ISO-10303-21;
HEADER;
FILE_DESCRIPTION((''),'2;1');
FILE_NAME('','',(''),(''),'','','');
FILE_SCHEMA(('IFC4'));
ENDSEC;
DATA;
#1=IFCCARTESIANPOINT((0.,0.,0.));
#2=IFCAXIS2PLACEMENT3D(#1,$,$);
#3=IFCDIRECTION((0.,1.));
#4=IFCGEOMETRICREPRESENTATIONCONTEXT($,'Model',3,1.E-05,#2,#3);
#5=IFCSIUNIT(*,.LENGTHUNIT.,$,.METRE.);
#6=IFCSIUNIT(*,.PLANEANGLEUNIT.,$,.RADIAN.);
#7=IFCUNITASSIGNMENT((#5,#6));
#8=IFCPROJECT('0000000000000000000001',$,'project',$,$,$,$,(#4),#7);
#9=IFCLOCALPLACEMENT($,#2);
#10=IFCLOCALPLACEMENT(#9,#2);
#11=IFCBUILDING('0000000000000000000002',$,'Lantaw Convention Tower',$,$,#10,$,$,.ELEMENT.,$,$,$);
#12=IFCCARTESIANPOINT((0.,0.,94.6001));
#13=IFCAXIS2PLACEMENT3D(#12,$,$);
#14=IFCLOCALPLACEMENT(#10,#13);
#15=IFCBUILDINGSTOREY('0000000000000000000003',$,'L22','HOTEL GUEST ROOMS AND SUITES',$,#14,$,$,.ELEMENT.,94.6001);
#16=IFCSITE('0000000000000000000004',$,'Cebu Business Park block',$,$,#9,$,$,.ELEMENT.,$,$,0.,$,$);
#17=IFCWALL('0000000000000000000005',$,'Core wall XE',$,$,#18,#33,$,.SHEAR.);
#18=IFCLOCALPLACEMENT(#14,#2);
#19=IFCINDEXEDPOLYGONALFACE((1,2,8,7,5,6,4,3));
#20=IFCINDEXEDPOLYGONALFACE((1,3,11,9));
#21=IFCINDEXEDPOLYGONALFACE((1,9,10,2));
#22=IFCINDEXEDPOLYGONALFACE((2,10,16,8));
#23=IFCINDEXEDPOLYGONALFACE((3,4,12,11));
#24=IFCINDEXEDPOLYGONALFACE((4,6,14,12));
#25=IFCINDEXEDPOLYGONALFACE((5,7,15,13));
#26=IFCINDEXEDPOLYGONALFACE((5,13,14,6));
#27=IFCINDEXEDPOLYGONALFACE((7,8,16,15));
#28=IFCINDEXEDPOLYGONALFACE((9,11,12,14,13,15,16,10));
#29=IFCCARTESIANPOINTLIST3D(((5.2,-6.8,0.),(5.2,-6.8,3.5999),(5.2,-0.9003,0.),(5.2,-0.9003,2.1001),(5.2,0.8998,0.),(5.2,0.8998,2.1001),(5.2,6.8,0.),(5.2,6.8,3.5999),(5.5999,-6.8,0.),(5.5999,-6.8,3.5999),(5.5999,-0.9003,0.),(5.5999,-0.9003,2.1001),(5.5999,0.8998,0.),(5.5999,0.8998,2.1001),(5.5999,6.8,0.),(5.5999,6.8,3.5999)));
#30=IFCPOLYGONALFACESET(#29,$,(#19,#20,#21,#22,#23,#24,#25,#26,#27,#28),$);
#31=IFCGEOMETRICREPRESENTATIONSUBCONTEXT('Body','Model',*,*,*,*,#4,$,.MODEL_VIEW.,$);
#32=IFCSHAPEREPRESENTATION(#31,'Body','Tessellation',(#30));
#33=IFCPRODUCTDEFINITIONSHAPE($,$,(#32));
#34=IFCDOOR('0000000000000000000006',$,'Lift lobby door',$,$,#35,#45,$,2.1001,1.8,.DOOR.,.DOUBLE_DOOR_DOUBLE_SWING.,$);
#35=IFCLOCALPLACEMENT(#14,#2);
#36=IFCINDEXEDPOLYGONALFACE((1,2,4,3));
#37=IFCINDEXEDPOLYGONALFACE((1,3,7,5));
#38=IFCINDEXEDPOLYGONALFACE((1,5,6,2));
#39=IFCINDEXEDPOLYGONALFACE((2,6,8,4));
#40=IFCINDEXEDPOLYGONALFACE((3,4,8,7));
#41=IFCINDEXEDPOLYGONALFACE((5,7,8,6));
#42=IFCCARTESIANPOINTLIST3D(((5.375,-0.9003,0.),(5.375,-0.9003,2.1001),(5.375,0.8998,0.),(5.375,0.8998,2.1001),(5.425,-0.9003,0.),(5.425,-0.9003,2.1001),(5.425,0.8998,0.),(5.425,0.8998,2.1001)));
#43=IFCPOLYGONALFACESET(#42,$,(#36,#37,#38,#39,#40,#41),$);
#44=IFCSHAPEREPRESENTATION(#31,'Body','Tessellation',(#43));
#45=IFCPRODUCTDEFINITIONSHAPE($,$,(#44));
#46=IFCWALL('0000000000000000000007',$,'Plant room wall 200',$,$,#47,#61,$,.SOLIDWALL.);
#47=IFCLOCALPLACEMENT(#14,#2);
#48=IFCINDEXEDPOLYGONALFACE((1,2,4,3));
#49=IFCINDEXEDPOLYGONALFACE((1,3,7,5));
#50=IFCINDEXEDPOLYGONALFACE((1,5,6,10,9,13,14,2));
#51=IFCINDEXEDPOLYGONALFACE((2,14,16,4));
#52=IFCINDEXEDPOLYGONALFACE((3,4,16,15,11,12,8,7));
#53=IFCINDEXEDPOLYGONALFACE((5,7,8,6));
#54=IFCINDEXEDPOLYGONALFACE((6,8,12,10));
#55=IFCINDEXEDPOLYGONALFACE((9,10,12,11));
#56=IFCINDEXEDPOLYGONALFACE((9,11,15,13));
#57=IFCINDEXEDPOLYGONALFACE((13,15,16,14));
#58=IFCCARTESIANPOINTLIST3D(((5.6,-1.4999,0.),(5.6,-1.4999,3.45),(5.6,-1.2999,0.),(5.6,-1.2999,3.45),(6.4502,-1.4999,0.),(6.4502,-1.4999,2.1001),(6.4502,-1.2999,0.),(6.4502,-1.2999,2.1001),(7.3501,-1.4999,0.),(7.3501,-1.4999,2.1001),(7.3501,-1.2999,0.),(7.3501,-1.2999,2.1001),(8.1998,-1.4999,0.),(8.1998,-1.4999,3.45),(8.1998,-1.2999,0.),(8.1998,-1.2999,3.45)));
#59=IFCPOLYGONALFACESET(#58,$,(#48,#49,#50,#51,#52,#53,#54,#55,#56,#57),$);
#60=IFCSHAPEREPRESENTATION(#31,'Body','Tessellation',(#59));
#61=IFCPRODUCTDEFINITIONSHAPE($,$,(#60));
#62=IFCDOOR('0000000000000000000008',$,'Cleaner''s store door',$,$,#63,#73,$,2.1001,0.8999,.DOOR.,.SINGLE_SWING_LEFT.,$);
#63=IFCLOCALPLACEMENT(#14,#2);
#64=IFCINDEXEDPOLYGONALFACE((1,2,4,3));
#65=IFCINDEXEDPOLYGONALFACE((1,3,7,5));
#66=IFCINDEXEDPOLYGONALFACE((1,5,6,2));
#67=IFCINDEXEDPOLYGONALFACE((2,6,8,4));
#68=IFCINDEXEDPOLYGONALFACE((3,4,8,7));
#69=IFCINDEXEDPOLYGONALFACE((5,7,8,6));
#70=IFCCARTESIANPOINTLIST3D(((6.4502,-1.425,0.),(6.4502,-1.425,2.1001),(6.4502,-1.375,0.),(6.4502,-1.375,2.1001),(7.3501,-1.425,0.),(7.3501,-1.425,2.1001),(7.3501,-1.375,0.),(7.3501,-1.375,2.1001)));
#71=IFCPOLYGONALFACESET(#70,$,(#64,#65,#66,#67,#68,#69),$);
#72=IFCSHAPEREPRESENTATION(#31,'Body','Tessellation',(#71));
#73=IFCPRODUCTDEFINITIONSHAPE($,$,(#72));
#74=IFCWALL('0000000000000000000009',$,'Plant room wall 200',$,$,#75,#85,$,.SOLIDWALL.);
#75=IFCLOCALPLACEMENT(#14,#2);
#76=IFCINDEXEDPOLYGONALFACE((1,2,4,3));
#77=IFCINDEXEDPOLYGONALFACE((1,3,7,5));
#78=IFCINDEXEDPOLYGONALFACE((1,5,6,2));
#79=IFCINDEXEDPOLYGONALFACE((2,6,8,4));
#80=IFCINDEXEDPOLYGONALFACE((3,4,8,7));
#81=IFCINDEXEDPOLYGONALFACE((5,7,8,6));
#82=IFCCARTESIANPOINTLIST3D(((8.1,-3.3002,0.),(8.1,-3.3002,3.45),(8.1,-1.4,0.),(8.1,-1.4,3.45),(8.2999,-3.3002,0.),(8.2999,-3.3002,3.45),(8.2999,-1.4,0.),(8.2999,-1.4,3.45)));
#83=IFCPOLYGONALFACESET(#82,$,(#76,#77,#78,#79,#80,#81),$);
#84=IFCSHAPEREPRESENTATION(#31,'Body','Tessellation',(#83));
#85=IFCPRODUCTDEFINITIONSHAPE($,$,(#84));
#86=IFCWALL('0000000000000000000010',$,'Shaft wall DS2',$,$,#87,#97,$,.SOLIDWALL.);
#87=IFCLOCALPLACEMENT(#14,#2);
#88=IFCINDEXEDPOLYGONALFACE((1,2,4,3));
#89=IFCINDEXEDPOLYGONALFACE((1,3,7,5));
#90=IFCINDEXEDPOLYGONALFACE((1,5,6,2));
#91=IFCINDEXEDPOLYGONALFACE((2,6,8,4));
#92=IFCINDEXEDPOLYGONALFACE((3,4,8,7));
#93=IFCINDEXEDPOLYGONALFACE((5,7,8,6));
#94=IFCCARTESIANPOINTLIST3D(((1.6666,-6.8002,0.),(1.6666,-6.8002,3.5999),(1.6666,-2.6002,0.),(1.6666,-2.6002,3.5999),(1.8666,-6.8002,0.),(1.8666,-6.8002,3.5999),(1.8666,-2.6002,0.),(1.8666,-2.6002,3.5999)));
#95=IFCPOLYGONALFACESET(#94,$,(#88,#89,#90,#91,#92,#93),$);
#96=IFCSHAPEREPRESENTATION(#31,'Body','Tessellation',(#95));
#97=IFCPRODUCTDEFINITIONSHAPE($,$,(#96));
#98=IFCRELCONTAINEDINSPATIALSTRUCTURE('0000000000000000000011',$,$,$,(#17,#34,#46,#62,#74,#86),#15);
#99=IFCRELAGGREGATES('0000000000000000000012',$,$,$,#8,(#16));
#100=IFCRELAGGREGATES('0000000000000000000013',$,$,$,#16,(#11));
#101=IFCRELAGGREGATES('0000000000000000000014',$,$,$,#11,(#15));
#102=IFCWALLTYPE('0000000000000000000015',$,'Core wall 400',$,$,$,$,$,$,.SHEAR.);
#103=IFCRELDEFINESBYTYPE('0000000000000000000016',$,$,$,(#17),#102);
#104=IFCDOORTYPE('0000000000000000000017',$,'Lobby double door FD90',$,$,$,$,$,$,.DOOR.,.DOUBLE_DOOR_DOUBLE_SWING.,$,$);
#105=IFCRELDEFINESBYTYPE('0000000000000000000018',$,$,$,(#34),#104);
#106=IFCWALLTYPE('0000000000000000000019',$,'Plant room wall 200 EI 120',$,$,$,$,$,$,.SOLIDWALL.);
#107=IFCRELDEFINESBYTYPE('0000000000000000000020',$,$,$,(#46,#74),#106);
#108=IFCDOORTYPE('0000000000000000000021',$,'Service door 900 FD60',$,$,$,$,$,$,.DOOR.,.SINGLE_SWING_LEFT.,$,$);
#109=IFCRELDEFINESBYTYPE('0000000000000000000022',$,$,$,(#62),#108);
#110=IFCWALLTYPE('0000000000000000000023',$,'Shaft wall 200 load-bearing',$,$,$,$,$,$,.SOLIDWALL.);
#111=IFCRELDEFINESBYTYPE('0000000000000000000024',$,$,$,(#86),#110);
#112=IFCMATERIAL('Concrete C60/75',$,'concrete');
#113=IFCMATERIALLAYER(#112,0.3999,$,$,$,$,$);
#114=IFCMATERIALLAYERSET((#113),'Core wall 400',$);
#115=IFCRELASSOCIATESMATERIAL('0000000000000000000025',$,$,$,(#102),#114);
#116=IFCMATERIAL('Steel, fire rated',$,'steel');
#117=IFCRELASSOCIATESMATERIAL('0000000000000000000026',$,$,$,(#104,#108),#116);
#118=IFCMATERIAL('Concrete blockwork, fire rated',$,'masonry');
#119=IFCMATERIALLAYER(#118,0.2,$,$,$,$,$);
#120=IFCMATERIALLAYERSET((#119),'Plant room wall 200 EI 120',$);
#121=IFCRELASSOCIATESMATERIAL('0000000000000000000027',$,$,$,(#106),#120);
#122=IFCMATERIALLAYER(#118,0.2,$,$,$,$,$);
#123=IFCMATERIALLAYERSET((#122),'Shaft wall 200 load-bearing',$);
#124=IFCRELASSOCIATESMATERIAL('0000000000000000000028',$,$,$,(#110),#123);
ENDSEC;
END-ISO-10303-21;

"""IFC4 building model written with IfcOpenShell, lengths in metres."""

from ifc_helpers import new_model, si_unit, direction, frame, frame_2d, origin, place, context, subcontext, project, spatial, rectangle, extrude, material, layer, layer_set, type_object, element, fill, save


model = new_model("IFC4")

# Units and contexts
model_context = context("Model", 3, precision=1e-05, world=origin(), true_north=direction((0.0, 1.0)))
body_context = subcontext(model_context, "Body", "Model", "MODEL_VIEW")
ifc_project = project(units=[si_unit("LENGTHUNIT", "METRE"), si_unit("PLANEANGLEUNIT", "RADIAN")], contexts=[model_context])

# Site, building, storey
site_placement = place(None, origin())
site = spatial("IfcSite", under=ifc_project, at=site_placement, Name="Cebu Business Park block", CompositionType="ELEMENT", RefElevation=0.0)
building_placement = place(site_placement, origin())
building = spatial("IfcBuilding", under=site, at=building_placement, Name="Lantaw Convention Tower", CompositionType="ELEMENT")
storey_placement = place(building_placement, frame((0.0, 0.0, 94.6001)))
storey = spatial("IfcBuildingStorey", under=building, at=storey_placement, Name="L22", Description="HOTEL GUEST ROOMS AND SUITES", CompositionType="ELEMENT", Elevation=94.6001)

# Walls, openings, doors
ifc_material_1 = material(Name="Concrete C60/75", Category="concrete")
ifc_material_2 = material(Name="Steel, fire rated", Category="steel")
ifc_layer_1 = layer(ifc_material_1, 0.3999)
ifc_layer_set_1 = layer_set([ifc_layer_1], Name="Core wall 400")
wall_type_1 = type_object("IfcWallType", Name="Core wall 400", PredefinedType="SHEAR", material=ifc_layer_set_1)
wall_1_placement = place(storey_placement, frame((5.3999, -6.8, 0.0), z_axis=(0.0, 0.0, 1.0), x_axis=(0.0, 1.0, 0.0)))
wall_1 = element("IfcWall", 1, at=wall_1_placement, inside=storey, type_object=wall_type_1, Name="Core wall XE", PredefinedType="SHEAR", context=body_context, shape_type="SweptSolid", body=[
    extrude(rectangle(XDim=13.6001, YDim=0.3999, at=frame_2d((6.8, 0.0))), origin(), (0.0, 0.0, 1.0), 3.5999),
])
opening_1_placement = place(wall_1_placement, frame((5.8999, 0.0, 0.0)))
opening_1 = element("IfcOpeningElement", 2, at=opening_1_placement, cuts=wall_1, PredefinedType="OPENING", context=body_context, shape_type="SweptSolid", body=[
    extrude(rectangle(XDim=1.8, YDim=2.1001, at=frame_2d((0.8999, 1.05))), frame((0.0, 0.21, 0.0), z_axis=(0.0, -1.0, 0.0), x_axis=(1.0, 0.0, 0.0)), (0.0, 0.0, 1.0), 0.4199),
])
door_type_1 = type_object("IfcDoorType", Name="Lobby double door FD90", OperationType="DOUBLE_DOOR_DOUBLE_SWING", PredefinedType="DOOR", material=ifc_material_2)
door_1_placement = place(opening_1_placement, origin())
door_1 = element("IfcDoor", 3, at=door_1_placement, inside=storey, type_object=door_type_1, Name="Lift lobby door", OperationType="DOUBLE_DOOR_DOUBLE_SWING", OverallHeight=2.1001, OverallWidth=1.8, PredefinedType="DOOR", context=body_context, shape_type="SweptSolid", body=[
    extrude(rectangle(XDim=1.8, YDim=2.1001, at=frame_2d((0.8999, 1.05))), frame((0.0, 0.0249, 0.0), z_axis=(0.0, -1.0, 0.0), x_axis=(1.0, 0.0, 0.0)), (0.0, 0.0, 1.0), 0.05),
])
fill(opening_1, door_1)
ifc_material_3 = material(Name="Concrete blockwork, fire rated", Category="masonry")
ifc_layer_2 = layer(ifc_material_3, 0.2)
ifc_layer_set_2 = layer_set([ifc_layer_2], Name="Plant room wall 200 EI 120")
wall_type_2 = type_object("IfcWallType", Name="Plant room wall 200 EI 120", PredefinedType="SOLIDWALL", material=ifc_layer_set_2)
wall_2_placement = place(storey_placement, frame((5.6001, -1.3999, 0.0), z_axis=(0.0, 0.0, 1.0), x_axis=(1.0, 0.0, 0.0)))
wall_2 = element("IfcWall", 4, at=wall_2_placement, inside=storey, type_object=wall_type_2, Name="Plant room wall 200", PredefinedType="SOLIDWALL", context=body_context, shape_type="SweptSolid", body=[
    extrude(rectangle(XDim=2.5999, YDim=0.2, at=frame_2d((1.2998, 0.0))), origin(), (0.0, 0.0, 1.0), 3.45),
])
opening_2_placement = place(wall_2_placement, frame((0.8501, 0.0, 0.0)))
opening_2 = element("IfcOpeningElement", 5, at=opening_2_placement, cuts=wall_2, PredefinedType="OPENING", context=body_context, shape_type="SweptSolid", body=[
    extrude(rectangle(XDim=0.8999, YDim=2.1001, at=frame_2d((0.45, 1.05))), frame((0.0, 0.1099, 0.0), z_axis=(0.0, -1.0, 0.0), x_axis=(1.0, 0.0, 0.0)), (0.0, 0.0, 1.0), 0.22),
])
door_type_2 = type_object("IfcDoorType", Name="Service door 900 FD60", OperationType="SINGLE_SWING_LEFT", PredefinedType="DOOR", material=ifc_material_2)
door_2_placement = place(opening_2_placement, origin())
door_2 = element("IfcDoor", 6, at=door_2_placement, inside=storey, type_object=door_type_2, Name="Cleaner's store door", OperationType="SINGLE_SWING_LEFT", OverallHeight=2.1001, OverallWidth=0.8999, PredefinedType="DOOR", context=body_context, shape_type="SweptSolid", body=[
    extrude(rectangle(XDim=0.8999, YDim=2.1001, at=frame_2d((0.45, 1.05))), frame((0.0, 0.0249, 0.0), z_axis=(0.0, -1.0, 0.0), x_axis=(1.0, 0.0, 0.0)), (0.0, 0.0, 1.0), 0.05),
])
fill(opening_2, door_2)

# Walls
wall_3_placement = place(storey_placement, frame((8.2, -1.3999, 0.0), z_axis=(0.0, 0.0, 1.0), x_axis=(0.0, -1.0, 0.0)))
element("IfcWall", 7, at=wall_3_placement, inside=storey, type_object=wall_type_2, Name="Plant room wall 200", PredefinedType="SOLIDWALL", context=body_context, shape_type="SweptSolid", body=[
    extrude(rectangle(XDim=1.9001, YDim=0.2, at=frame_2d((0.9502, 0.0))), origin(), (0.0, 0.0, 1.0), 3.45),
])
ifc_layer_3 = layer(ifc_material_3, 0.2)
ifc_layer_set_3 = layer_set([ifc_layer_3], Name="Shaft wall 200 load-bearing")
wall_type_3 = type_object("IfcWallType", Name="Shaft wall 200 load-bearing", PredefinedType="SOLIDWALL", material=ifc_layer_set_3)
wall_4_placement = place(storey_placement, frame((1.7666, -2.6001, 0.0), z_axis=(0.0, 0.0, 1.0), x_axis=(0.0, -1.0, 0.0)))
element("IfcWall", 8, at=wall_4_placement, inside=storey, type_object=wall_type_3, Name="Shaft wall DS2", PredefinedType="SOLIDWALL", context=body_context, shape_type="SweptSolid", body=[
    extrude(rectangle(XDim=4.2, YDim=0.2, at=frame_2d((2.1001, 0.0))), origin(), (0.0, 0.0, 1.0), 3.5999),
])

save(model, "model.ifc")
